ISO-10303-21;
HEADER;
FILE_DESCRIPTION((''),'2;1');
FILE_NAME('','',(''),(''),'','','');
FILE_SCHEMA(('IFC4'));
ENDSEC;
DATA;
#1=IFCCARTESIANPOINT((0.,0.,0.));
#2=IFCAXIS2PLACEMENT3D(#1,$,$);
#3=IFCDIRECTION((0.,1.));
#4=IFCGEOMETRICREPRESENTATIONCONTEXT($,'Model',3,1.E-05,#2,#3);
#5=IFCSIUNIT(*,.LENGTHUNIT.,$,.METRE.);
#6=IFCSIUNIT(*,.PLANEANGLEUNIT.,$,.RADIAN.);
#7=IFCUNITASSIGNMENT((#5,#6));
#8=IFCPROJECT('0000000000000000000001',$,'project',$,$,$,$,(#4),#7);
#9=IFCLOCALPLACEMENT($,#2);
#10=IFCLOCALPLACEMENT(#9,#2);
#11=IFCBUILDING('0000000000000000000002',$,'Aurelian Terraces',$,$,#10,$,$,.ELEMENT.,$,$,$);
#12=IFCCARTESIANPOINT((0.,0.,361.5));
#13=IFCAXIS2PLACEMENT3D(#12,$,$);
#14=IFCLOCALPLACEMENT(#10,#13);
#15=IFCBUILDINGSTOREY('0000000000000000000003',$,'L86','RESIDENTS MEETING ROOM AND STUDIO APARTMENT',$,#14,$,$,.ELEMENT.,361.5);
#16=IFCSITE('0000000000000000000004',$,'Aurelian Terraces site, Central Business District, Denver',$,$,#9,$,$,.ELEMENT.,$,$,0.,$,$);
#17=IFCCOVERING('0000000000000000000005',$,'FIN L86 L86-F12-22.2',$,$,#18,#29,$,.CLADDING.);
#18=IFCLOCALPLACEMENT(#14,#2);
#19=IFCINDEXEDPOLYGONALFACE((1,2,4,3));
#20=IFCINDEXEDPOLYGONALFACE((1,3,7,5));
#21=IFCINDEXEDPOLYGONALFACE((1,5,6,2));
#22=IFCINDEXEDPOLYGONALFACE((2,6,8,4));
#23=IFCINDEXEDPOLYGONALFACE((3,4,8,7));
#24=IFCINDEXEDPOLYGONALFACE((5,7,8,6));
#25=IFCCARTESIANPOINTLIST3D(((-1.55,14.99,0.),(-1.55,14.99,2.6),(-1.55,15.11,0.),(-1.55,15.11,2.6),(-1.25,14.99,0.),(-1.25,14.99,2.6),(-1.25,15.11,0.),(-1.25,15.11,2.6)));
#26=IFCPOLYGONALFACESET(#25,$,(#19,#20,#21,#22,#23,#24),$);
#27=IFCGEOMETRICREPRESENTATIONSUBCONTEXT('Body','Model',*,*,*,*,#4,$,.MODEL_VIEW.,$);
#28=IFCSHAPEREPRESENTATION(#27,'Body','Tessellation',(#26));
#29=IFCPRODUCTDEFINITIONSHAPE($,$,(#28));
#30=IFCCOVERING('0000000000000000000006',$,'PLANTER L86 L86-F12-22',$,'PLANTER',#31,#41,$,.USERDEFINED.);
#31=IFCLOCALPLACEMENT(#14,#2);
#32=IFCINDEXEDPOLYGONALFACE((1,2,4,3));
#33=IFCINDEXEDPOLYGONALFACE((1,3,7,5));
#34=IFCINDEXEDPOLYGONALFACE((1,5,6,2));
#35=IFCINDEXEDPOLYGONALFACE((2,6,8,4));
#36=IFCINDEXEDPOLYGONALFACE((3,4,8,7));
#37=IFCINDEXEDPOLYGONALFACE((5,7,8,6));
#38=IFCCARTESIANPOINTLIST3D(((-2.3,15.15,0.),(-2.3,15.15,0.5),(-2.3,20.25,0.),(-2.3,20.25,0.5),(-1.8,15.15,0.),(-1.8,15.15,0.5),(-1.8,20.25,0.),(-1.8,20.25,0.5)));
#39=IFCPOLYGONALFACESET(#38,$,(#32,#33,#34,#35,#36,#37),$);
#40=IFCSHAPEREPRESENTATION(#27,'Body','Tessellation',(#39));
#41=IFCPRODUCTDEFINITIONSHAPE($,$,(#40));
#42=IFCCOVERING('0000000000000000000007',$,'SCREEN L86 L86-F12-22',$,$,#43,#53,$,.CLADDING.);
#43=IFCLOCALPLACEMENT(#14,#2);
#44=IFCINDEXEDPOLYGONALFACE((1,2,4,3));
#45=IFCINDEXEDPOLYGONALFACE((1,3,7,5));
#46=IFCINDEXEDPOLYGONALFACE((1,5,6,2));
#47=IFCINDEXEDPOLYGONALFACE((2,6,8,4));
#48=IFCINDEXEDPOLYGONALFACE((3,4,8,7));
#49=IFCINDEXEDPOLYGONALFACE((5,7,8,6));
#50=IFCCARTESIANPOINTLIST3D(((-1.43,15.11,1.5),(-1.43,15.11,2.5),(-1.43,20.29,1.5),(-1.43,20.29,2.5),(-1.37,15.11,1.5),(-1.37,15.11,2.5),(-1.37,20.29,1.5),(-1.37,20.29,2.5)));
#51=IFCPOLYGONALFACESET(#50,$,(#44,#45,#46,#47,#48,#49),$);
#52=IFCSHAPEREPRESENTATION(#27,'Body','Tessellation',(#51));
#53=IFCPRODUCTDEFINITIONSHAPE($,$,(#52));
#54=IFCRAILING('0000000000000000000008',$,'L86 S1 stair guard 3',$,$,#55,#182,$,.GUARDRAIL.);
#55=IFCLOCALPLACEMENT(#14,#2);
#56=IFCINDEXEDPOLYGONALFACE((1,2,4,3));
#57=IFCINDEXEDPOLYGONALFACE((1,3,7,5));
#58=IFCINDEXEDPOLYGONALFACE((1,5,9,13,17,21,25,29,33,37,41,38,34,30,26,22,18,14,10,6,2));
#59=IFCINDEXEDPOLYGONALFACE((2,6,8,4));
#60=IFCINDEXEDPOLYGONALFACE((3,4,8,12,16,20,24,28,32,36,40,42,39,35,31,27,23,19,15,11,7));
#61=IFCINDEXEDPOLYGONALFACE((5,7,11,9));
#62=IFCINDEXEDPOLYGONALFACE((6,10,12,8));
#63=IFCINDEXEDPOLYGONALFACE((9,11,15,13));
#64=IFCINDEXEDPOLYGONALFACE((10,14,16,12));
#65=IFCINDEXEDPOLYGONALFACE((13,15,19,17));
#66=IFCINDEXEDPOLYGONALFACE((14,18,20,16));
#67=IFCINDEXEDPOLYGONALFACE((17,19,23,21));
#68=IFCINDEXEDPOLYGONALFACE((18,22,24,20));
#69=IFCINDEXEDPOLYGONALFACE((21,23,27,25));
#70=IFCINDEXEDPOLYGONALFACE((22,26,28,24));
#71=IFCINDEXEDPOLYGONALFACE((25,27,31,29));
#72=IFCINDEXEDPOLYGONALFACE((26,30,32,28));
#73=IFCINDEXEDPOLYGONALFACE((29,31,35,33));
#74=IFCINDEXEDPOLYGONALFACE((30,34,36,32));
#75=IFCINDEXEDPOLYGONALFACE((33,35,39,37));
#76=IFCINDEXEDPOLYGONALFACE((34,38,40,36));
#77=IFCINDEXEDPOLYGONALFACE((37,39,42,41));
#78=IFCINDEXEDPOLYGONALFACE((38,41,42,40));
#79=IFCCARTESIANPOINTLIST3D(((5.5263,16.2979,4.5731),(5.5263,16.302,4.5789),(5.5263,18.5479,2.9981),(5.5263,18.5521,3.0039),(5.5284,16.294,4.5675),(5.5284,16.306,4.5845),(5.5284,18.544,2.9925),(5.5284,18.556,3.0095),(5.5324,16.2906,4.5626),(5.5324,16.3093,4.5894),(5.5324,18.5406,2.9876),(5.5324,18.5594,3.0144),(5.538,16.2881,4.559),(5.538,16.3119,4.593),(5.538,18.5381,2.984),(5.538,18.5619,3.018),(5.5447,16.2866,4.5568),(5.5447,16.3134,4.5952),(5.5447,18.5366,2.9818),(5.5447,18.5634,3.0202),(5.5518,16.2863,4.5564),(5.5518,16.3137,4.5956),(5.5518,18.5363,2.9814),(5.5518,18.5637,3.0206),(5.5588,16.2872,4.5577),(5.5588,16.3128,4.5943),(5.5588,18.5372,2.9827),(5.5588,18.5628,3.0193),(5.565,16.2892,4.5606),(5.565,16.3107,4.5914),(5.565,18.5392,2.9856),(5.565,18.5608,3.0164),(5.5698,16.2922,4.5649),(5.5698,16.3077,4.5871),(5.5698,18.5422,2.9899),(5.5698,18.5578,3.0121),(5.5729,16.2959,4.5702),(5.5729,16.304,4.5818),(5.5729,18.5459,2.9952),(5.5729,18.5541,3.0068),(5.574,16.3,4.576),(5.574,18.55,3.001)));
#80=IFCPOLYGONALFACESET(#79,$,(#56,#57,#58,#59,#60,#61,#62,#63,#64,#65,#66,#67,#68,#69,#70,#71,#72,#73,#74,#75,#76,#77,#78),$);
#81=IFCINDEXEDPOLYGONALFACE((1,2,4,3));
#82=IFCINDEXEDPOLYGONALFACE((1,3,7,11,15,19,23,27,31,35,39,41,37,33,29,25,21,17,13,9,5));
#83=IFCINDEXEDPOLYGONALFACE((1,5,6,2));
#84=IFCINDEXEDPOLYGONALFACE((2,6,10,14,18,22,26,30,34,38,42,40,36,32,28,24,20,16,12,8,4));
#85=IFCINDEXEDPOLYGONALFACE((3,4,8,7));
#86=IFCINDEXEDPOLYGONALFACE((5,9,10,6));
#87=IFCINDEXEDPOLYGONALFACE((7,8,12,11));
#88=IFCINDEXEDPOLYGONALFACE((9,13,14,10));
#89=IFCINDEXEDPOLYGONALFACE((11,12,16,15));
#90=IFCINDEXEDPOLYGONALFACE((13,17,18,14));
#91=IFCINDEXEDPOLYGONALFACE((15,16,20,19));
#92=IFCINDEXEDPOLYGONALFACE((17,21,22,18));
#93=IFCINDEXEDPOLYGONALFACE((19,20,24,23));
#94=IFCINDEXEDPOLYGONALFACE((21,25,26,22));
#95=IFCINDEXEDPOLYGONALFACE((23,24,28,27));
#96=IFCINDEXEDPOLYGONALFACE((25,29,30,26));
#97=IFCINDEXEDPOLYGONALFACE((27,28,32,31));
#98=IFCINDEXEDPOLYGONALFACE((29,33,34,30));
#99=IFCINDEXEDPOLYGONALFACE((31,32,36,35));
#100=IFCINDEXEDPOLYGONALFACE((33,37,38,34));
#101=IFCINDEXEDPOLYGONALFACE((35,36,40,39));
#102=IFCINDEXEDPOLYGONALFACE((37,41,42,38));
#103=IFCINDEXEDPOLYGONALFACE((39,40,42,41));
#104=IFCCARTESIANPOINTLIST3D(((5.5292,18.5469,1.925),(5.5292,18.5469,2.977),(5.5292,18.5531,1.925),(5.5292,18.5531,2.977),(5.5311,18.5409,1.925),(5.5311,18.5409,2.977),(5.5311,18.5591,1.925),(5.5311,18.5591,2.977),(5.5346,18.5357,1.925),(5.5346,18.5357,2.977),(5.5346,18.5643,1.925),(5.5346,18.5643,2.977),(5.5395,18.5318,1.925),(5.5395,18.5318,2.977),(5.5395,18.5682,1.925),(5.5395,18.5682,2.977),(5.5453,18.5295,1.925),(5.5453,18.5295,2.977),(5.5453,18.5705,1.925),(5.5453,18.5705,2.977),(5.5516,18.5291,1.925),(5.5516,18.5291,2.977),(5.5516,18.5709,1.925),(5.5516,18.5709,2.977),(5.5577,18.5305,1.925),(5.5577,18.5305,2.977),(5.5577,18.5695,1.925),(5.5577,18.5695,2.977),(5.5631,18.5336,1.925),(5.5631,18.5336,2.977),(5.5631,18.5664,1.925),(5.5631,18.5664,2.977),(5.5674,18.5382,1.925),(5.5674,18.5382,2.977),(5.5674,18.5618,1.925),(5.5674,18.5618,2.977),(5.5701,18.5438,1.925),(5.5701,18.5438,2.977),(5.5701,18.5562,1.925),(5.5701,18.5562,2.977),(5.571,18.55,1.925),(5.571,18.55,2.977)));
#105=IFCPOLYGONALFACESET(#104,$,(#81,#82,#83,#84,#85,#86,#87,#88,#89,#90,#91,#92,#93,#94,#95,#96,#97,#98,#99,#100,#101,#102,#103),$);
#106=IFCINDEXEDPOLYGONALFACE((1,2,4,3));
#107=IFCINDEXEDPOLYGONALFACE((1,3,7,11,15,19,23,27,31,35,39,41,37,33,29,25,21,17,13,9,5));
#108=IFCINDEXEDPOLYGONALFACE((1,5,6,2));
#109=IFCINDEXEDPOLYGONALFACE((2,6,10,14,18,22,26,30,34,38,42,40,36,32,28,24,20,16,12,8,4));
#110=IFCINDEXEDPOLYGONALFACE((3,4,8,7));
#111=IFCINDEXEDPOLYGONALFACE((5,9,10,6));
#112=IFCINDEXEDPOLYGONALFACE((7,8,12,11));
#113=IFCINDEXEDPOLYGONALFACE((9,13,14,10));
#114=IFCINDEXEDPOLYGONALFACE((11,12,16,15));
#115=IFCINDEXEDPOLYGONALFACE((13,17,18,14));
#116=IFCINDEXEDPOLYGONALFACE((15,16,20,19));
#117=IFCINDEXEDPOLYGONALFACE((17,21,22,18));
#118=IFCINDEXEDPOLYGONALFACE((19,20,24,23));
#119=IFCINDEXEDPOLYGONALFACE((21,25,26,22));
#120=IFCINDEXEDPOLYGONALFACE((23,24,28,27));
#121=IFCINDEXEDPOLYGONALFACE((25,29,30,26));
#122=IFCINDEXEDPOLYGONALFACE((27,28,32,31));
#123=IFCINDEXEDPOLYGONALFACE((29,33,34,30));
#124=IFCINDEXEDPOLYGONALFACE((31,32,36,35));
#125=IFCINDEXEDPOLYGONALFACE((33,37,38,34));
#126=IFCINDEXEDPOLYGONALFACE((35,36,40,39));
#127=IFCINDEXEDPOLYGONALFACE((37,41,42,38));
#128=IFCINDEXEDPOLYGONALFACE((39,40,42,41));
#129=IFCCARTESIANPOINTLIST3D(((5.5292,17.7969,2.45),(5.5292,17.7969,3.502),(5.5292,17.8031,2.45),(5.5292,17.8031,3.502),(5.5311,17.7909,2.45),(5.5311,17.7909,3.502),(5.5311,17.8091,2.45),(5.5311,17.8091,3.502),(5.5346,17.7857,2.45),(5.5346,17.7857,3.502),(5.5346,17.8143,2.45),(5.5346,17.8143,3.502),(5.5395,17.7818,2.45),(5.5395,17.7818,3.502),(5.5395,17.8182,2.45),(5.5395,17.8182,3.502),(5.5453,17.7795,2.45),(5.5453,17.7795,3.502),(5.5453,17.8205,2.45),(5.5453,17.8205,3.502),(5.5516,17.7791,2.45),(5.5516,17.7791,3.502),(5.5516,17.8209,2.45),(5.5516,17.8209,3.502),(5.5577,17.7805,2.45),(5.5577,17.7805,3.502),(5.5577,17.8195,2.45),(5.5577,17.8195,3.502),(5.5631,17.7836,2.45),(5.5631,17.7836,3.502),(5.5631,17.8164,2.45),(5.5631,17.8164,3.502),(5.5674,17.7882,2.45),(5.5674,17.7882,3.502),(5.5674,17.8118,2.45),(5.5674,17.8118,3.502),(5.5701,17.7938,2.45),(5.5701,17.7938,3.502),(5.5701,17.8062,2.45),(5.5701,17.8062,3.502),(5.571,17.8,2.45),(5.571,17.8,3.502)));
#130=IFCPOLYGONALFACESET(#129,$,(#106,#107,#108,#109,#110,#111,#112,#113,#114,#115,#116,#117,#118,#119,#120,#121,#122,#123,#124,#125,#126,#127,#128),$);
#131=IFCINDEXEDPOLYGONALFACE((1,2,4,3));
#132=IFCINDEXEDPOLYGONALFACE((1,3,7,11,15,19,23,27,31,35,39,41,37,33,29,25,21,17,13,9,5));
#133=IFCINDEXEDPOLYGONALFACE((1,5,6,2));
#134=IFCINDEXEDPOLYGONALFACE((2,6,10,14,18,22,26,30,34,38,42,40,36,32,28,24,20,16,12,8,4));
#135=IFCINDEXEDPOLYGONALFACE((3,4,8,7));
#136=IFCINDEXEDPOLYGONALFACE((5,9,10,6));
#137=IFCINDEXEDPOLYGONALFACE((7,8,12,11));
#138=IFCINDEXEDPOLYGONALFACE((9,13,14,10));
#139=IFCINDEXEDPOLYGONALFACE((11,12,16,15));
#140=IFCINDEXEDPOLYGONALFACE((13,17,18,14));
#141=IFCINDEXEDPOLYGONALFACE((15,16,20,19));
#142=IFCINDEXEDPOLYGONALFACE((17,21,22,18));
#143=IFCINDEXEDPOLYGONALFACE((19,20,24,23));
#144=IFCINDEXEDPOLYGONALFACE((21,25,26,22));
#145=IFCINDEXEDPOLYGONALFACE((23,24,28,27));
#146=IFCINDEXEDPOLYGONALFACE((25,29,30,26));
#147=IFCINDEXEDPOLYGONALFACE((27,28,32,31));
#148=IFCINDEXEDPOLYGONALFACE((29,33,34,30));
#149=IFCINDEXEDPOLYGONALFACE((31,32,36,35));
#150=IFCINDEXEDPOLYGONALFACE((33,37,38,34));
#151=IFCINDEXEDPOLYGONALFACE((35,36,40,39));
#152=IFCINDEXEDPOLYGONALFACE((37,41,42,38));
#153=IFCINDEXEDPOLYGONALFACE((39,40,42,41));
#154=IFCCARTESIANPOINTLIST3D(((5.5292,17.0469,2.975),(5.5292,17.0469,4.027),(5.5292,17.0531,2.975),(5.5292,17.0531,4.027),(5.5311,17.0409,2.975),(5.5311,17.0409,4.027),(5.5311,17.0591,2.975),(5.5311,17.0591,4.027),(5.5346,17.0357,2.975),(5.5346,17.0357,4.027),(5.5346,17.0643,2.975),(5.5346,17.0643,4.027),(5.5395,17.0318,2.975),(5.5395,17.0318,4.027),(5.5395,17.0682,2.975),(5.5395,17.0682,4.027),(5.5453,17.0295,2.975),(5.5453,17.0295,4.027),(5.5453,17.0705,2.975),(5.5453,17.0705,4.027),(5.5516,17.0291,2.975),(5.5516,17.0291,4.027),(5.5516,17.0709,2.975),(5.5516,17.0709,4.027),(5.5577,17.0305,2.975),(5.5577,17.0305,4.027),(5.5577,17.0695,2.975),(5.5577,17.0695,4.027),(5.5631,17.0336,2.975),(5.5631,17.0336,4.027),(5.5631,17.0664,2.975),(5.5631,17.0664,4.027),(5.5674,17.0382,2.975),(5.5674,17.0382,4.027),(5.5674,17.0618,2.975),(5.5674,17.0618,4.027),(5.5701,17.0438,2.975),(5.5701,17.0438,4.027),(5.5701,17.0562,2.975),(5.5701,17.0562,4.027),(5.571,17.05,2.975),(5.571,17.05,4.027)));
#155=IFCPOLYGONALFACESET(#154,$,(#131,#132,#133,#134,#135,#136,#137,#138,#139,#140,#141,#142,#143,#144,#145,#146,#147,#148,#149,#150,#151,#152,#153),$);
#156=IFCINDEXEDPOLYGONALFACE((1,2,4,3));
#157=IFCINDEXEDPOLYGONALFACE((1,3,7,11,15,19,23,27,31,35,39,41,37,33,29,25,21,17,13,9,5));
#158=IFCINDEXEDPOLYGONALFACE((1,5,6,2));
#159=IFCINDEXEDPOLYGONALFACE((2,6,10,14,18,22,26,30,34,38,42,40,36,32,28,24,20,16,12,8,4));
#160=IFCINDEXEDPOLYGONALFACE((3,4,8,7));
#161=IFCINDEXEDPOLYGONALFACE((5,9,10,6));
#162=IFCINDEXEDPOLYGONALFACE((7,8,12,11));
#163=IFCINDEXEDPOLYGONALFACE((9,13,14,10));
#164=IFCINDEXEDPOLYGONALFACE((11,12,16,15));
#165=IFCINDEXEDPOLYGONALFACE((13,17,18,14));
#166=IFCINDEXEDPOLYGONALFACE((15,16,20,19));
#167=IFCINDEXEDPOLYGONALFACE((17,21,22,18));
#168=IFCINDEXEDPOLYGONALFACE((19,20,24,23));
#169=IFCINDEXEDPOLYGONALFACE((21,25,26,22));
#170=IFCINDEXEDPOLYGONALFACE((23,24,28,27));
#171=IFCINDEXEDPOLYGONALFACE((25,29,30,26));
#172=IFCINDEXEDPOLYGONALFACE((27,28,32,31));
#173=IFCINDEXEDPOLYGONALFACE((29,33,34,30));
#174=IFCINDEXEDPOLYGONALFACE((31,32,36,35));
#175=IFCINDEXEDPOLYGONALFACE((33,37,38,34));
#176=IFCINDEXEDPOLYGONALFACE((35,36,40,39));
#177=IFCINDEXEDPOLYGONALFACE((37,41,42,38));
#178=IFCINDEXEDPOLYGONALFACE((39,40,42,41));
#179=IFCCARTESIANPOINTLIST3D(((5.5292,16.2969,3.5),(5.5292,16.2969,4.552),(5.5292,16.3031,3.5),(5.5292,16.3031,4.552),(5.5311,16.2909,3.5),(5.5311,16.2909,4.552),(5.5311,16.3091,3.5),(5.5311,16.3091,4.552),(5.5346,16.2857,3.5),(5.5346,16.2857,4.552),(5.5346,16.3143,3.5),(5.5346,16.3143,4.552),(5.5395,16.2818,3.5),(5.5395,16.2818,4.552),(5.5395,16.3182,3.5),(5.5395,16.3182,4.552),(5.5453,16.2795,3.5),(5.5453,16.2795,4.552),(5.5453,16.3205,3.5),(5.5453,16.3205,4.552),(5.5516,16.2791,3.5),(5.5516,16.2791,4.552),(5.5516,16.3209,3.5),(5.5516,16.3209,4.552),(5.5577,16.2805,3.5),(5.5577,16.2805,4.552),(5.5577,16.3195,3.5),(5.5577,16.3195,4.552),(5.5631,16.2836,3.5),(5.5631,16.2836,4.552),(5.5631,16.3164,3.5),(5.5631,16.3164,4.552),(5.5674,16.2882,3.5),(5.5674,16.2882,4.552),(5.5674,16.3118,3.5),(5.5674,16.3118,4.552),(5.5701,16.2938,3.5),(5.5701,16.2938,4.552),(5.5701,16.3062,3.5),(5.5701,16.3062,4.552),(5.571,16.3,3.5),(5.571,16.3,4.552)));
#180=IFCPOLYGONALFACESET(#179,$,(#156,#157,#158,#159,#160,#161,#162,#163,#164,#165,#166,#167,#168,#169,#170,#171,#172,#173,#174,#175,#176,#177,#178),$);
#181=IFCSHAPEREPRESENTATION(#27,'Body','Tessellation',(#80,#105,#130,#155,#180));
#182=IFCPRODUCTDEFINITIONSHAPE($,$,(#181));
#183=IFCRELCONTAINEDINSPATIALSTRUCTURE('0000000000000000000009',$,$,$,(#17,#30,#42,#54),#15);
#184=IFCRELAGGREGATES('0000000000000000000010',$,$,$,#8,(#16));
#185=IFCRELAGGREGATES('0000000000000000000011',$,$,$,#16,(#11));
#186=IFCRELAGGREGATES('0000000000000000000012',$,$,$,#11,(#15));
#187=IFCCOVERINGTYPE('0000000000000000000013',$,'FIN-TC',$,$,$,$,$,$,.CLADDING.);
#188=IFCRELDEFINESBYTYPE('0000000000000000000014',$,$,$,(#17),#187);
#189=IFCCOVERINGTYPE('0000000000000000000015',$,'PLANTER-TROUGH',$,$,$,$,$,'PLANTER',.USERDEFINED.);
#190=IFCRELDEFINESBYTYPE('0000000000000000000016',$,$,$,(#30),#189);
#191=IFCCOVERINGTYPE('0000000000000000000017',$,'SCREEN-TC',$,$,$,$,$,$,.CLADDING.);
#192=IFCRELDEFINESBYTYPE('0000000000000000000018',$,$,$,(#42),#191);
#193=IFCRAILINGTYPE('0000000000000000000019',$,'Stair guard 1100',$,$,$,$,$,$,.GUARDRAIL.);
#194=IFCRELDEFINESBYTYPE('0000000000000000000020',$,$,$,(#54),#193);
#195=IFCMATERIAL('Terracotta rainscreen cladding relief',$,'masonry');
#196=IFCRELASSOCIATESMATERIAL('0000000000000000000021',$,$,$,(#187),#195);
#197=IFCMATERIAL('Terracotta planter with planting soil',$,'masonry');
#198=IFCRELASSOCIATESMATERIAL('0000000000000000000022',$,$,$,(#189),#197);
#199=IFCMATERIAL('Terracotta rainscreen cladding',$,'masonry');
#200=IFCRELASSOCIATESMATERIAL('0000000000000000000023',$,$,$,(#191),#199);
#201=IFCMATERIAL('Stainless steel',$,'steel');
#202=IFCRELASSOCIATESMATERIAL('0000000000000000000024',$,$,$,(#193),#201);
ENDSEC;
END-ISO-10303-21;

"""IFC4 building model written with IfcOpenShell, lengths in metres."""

from ifc_helpers import new_model, si_unit, direction, frame, origin, origin_2d, place, context, subcontext, project, spatial, rectangle, circle, extrude, source, transform, mapped, material, type_object, element, save


model = new_model("IFC4")

# Units and contexts
model_context = context("Model", 3, precision=1e-05, world=origin(), true_north=direction((0.0, 1.0)))
body_context = subcontext(model_context, "Body", "Model", "MODEL_VIEW")
ifc_project = project(units=[si_unit("LENGTHUNIT", "METRE"), si_unit("PLANEANGLEUNIT", "RADIAN")], contexts=[model_context])

# Site, building, storey
site_placement = place(None, origin())
site = spatial("IfcSite", under=ifc_project, at=site_placement, Name="Aurelian Terraces site, Central Business District, Denver", CompositionType="ELEMENT", RefElevation=0.0)
building_placement = place(site_placement, origin())
building = spatial("IfcBuilding", under=site, at=building_placement, Name="Aurelian Terraces", CompositionType="ELEMENT")
storey_placement = place(building_placement, frame((0.0, 0.0, 361.5)))
storey = spatial("IfcBuildingStorey", under=building, at=storey_placement, Name="L86", Description="RESIDENTS MEETING ROOM AND STUDIO APARTMENT", CompositionType="ELEMENT", Elevation=361.5)

# Shared definitions
ifc_material_1 = material(Name="Terracotta rainscreen cladding", Category="masonry")

# Covering
ifc_material_2 = material(Name="Terracotta rainscreen cladding relief", Category="masonry")
covering_type_1 = type_object("IfcCoveringType", Name="FIN-TC", PredefinedType="CLADDING", material=ifc_material_2)
shared_shape_1 = source(origin(), body_context, "Body", "SweptSolid", [
    extrude(rectangle(XDim=0.3, YDim=0.12, at=origin_2d()), origin(), (0.0, 0.0, 1.0), 2.6),
])
for number, where, z_axis, x_axis, name in (
    (1, (-1.4, 15.05, 0.0), (0.0, 0.0, 1.0), (1.0, 0.0, 0.0), "FIN L86 L86-F12-22.2"),
):
    element("IfcCovering", number, at=place(storey_placement, frame(where, z_axis=z_axis, x_axis=x_axis)), inside=storey, type_object=covering_type_1, Name=name, PredefinedType="CLADDING", context=body_context, shape_type="MappedRepresentation", body=[
        mapped(shared_shape_1, transform((0.0, 0.0, 0.0), scale=1.0)),
    ])

# Coverings
ifc_material_3 = material(Name="Terracotta planter with planting soil", Category="masonry")
covering_type_2 = type_object("IfcCoveringType", Name="PLANTER-TROUGH", ElementType="PLANTER", PredefinedType="USERDEFINED", material=ifc_material_3)
shared_shape_2 = source(origin(), body_context, "Body", "SweptSolid", [
    extrude(rectangle(XDim=0.5, YDim=5.1, at=origin_2d()), origin(), (0.0, 0.0, 1.0), 0.5),
])
covering_1_placement = place(storey_placement, frame((-2.05, 17.7, 0.0), z_axis=(0.0, 0.0, 1.0), x_axis=(1.0, 0.0, 0.0)))
element("IfcCovering", 2, at=covering_1_placement, inside=storey, type_object=covering_type_2, Name="PLANTER L86 L86-F12-22", ObjectType="PLANTER", PredefinedType="USERDEFINED", context=body_context, shape_type="MappedRepresentation", body=[
    mapped(shared_shape_2, transform((0.0, 0.0, 0.0), scale=1.0)),
])
covering_type_3 = type_object("IfcCoveringType", Name="SCREEN-TC", PredefinedType="CLADDING", material=ifc_material_1)
shared_shape_3 = source(origin(), body_context, "Body", "SweptSolid", [
    extrude(rectangle(XDim=0.06, YDim=5.18, at=origin_2d()), origin(), (0.0, 0.0, 1.0), 1.0),
])
covering_2_placement = place(storey_placement, frame((-1.4, 17.7, 1.5), z_axis=(0.0, 0.0, 1.0), x_axis=(1.0, 0.0, 0.0)))
element("IfcCovering", 3, at=covering_2_placement, inside=storey, type_object=covering_type_3, Name="SCREEN L86 L86-F12-22", PredefinedType="CLADDING", context=body_context, shape_type="MappedRepresentation", body=[
    mapped(shared_shape_3, transform((0.0, 0.0, 0.0), scale=1.0)),
])

# Railing
ifc_material_4 = material(Name="Stainless steel", Category="steel")
railing_type_1 = type_object("IfcRailingType", Name="Stair guard 1100", PredefinedType="GUARDRAIL", material=ifc_material_4)
shared_shape_4 = source(origin(), body_context, "Body", "SweptSolid", [
    extrude(circle(Radius=0.024, at=origin_2d()), frame((0.0, 0.0, 1.076), z_axis=(0.0, -0.819232, 0.573462), x_axis=(1.0, 0.0, 0.0)), (0.0, 0.0, 1.0), 2.7465),
    extrude(circle(Radius=0.021, at=origin_2d()), origin(), (0.0, 0.0, 1.0), 1.052),
    extrude(circle(Radius=0.021, at=origin_2d()), frame((0.0, -0.75, 0.525)), (0.0, 0.0, 1.0), 1.052),
    extrude(circle(Radius=0.021, at=origin_2d()), frame((0.0, -1.5, 1.05)), (0.0, 0.0, 1.0), 1.052),
    extrude(circle(Radius=0.021, at=origin_2d()), frame((0.0, -2.25, 1.575)), (0.0, 0.0, 1.0), 1.052),
])
railing_1_placement = place(storey_placement, frame((5.55, 18.55, 1.925)))
element("IfcRailing", 4, at=railing_1_placement, inside=storey, type_object=railing_type_1, Name="L86 S1 stair guard 3", PredefinedType="GUARDRAIL", context=body_context, shape_type="MappedRepresentation", body=[
    mapped(shared_shape_4, transform((0.0, 0.0, 0.0), scale=1.0)),
])

save(model, "model.ifc")
